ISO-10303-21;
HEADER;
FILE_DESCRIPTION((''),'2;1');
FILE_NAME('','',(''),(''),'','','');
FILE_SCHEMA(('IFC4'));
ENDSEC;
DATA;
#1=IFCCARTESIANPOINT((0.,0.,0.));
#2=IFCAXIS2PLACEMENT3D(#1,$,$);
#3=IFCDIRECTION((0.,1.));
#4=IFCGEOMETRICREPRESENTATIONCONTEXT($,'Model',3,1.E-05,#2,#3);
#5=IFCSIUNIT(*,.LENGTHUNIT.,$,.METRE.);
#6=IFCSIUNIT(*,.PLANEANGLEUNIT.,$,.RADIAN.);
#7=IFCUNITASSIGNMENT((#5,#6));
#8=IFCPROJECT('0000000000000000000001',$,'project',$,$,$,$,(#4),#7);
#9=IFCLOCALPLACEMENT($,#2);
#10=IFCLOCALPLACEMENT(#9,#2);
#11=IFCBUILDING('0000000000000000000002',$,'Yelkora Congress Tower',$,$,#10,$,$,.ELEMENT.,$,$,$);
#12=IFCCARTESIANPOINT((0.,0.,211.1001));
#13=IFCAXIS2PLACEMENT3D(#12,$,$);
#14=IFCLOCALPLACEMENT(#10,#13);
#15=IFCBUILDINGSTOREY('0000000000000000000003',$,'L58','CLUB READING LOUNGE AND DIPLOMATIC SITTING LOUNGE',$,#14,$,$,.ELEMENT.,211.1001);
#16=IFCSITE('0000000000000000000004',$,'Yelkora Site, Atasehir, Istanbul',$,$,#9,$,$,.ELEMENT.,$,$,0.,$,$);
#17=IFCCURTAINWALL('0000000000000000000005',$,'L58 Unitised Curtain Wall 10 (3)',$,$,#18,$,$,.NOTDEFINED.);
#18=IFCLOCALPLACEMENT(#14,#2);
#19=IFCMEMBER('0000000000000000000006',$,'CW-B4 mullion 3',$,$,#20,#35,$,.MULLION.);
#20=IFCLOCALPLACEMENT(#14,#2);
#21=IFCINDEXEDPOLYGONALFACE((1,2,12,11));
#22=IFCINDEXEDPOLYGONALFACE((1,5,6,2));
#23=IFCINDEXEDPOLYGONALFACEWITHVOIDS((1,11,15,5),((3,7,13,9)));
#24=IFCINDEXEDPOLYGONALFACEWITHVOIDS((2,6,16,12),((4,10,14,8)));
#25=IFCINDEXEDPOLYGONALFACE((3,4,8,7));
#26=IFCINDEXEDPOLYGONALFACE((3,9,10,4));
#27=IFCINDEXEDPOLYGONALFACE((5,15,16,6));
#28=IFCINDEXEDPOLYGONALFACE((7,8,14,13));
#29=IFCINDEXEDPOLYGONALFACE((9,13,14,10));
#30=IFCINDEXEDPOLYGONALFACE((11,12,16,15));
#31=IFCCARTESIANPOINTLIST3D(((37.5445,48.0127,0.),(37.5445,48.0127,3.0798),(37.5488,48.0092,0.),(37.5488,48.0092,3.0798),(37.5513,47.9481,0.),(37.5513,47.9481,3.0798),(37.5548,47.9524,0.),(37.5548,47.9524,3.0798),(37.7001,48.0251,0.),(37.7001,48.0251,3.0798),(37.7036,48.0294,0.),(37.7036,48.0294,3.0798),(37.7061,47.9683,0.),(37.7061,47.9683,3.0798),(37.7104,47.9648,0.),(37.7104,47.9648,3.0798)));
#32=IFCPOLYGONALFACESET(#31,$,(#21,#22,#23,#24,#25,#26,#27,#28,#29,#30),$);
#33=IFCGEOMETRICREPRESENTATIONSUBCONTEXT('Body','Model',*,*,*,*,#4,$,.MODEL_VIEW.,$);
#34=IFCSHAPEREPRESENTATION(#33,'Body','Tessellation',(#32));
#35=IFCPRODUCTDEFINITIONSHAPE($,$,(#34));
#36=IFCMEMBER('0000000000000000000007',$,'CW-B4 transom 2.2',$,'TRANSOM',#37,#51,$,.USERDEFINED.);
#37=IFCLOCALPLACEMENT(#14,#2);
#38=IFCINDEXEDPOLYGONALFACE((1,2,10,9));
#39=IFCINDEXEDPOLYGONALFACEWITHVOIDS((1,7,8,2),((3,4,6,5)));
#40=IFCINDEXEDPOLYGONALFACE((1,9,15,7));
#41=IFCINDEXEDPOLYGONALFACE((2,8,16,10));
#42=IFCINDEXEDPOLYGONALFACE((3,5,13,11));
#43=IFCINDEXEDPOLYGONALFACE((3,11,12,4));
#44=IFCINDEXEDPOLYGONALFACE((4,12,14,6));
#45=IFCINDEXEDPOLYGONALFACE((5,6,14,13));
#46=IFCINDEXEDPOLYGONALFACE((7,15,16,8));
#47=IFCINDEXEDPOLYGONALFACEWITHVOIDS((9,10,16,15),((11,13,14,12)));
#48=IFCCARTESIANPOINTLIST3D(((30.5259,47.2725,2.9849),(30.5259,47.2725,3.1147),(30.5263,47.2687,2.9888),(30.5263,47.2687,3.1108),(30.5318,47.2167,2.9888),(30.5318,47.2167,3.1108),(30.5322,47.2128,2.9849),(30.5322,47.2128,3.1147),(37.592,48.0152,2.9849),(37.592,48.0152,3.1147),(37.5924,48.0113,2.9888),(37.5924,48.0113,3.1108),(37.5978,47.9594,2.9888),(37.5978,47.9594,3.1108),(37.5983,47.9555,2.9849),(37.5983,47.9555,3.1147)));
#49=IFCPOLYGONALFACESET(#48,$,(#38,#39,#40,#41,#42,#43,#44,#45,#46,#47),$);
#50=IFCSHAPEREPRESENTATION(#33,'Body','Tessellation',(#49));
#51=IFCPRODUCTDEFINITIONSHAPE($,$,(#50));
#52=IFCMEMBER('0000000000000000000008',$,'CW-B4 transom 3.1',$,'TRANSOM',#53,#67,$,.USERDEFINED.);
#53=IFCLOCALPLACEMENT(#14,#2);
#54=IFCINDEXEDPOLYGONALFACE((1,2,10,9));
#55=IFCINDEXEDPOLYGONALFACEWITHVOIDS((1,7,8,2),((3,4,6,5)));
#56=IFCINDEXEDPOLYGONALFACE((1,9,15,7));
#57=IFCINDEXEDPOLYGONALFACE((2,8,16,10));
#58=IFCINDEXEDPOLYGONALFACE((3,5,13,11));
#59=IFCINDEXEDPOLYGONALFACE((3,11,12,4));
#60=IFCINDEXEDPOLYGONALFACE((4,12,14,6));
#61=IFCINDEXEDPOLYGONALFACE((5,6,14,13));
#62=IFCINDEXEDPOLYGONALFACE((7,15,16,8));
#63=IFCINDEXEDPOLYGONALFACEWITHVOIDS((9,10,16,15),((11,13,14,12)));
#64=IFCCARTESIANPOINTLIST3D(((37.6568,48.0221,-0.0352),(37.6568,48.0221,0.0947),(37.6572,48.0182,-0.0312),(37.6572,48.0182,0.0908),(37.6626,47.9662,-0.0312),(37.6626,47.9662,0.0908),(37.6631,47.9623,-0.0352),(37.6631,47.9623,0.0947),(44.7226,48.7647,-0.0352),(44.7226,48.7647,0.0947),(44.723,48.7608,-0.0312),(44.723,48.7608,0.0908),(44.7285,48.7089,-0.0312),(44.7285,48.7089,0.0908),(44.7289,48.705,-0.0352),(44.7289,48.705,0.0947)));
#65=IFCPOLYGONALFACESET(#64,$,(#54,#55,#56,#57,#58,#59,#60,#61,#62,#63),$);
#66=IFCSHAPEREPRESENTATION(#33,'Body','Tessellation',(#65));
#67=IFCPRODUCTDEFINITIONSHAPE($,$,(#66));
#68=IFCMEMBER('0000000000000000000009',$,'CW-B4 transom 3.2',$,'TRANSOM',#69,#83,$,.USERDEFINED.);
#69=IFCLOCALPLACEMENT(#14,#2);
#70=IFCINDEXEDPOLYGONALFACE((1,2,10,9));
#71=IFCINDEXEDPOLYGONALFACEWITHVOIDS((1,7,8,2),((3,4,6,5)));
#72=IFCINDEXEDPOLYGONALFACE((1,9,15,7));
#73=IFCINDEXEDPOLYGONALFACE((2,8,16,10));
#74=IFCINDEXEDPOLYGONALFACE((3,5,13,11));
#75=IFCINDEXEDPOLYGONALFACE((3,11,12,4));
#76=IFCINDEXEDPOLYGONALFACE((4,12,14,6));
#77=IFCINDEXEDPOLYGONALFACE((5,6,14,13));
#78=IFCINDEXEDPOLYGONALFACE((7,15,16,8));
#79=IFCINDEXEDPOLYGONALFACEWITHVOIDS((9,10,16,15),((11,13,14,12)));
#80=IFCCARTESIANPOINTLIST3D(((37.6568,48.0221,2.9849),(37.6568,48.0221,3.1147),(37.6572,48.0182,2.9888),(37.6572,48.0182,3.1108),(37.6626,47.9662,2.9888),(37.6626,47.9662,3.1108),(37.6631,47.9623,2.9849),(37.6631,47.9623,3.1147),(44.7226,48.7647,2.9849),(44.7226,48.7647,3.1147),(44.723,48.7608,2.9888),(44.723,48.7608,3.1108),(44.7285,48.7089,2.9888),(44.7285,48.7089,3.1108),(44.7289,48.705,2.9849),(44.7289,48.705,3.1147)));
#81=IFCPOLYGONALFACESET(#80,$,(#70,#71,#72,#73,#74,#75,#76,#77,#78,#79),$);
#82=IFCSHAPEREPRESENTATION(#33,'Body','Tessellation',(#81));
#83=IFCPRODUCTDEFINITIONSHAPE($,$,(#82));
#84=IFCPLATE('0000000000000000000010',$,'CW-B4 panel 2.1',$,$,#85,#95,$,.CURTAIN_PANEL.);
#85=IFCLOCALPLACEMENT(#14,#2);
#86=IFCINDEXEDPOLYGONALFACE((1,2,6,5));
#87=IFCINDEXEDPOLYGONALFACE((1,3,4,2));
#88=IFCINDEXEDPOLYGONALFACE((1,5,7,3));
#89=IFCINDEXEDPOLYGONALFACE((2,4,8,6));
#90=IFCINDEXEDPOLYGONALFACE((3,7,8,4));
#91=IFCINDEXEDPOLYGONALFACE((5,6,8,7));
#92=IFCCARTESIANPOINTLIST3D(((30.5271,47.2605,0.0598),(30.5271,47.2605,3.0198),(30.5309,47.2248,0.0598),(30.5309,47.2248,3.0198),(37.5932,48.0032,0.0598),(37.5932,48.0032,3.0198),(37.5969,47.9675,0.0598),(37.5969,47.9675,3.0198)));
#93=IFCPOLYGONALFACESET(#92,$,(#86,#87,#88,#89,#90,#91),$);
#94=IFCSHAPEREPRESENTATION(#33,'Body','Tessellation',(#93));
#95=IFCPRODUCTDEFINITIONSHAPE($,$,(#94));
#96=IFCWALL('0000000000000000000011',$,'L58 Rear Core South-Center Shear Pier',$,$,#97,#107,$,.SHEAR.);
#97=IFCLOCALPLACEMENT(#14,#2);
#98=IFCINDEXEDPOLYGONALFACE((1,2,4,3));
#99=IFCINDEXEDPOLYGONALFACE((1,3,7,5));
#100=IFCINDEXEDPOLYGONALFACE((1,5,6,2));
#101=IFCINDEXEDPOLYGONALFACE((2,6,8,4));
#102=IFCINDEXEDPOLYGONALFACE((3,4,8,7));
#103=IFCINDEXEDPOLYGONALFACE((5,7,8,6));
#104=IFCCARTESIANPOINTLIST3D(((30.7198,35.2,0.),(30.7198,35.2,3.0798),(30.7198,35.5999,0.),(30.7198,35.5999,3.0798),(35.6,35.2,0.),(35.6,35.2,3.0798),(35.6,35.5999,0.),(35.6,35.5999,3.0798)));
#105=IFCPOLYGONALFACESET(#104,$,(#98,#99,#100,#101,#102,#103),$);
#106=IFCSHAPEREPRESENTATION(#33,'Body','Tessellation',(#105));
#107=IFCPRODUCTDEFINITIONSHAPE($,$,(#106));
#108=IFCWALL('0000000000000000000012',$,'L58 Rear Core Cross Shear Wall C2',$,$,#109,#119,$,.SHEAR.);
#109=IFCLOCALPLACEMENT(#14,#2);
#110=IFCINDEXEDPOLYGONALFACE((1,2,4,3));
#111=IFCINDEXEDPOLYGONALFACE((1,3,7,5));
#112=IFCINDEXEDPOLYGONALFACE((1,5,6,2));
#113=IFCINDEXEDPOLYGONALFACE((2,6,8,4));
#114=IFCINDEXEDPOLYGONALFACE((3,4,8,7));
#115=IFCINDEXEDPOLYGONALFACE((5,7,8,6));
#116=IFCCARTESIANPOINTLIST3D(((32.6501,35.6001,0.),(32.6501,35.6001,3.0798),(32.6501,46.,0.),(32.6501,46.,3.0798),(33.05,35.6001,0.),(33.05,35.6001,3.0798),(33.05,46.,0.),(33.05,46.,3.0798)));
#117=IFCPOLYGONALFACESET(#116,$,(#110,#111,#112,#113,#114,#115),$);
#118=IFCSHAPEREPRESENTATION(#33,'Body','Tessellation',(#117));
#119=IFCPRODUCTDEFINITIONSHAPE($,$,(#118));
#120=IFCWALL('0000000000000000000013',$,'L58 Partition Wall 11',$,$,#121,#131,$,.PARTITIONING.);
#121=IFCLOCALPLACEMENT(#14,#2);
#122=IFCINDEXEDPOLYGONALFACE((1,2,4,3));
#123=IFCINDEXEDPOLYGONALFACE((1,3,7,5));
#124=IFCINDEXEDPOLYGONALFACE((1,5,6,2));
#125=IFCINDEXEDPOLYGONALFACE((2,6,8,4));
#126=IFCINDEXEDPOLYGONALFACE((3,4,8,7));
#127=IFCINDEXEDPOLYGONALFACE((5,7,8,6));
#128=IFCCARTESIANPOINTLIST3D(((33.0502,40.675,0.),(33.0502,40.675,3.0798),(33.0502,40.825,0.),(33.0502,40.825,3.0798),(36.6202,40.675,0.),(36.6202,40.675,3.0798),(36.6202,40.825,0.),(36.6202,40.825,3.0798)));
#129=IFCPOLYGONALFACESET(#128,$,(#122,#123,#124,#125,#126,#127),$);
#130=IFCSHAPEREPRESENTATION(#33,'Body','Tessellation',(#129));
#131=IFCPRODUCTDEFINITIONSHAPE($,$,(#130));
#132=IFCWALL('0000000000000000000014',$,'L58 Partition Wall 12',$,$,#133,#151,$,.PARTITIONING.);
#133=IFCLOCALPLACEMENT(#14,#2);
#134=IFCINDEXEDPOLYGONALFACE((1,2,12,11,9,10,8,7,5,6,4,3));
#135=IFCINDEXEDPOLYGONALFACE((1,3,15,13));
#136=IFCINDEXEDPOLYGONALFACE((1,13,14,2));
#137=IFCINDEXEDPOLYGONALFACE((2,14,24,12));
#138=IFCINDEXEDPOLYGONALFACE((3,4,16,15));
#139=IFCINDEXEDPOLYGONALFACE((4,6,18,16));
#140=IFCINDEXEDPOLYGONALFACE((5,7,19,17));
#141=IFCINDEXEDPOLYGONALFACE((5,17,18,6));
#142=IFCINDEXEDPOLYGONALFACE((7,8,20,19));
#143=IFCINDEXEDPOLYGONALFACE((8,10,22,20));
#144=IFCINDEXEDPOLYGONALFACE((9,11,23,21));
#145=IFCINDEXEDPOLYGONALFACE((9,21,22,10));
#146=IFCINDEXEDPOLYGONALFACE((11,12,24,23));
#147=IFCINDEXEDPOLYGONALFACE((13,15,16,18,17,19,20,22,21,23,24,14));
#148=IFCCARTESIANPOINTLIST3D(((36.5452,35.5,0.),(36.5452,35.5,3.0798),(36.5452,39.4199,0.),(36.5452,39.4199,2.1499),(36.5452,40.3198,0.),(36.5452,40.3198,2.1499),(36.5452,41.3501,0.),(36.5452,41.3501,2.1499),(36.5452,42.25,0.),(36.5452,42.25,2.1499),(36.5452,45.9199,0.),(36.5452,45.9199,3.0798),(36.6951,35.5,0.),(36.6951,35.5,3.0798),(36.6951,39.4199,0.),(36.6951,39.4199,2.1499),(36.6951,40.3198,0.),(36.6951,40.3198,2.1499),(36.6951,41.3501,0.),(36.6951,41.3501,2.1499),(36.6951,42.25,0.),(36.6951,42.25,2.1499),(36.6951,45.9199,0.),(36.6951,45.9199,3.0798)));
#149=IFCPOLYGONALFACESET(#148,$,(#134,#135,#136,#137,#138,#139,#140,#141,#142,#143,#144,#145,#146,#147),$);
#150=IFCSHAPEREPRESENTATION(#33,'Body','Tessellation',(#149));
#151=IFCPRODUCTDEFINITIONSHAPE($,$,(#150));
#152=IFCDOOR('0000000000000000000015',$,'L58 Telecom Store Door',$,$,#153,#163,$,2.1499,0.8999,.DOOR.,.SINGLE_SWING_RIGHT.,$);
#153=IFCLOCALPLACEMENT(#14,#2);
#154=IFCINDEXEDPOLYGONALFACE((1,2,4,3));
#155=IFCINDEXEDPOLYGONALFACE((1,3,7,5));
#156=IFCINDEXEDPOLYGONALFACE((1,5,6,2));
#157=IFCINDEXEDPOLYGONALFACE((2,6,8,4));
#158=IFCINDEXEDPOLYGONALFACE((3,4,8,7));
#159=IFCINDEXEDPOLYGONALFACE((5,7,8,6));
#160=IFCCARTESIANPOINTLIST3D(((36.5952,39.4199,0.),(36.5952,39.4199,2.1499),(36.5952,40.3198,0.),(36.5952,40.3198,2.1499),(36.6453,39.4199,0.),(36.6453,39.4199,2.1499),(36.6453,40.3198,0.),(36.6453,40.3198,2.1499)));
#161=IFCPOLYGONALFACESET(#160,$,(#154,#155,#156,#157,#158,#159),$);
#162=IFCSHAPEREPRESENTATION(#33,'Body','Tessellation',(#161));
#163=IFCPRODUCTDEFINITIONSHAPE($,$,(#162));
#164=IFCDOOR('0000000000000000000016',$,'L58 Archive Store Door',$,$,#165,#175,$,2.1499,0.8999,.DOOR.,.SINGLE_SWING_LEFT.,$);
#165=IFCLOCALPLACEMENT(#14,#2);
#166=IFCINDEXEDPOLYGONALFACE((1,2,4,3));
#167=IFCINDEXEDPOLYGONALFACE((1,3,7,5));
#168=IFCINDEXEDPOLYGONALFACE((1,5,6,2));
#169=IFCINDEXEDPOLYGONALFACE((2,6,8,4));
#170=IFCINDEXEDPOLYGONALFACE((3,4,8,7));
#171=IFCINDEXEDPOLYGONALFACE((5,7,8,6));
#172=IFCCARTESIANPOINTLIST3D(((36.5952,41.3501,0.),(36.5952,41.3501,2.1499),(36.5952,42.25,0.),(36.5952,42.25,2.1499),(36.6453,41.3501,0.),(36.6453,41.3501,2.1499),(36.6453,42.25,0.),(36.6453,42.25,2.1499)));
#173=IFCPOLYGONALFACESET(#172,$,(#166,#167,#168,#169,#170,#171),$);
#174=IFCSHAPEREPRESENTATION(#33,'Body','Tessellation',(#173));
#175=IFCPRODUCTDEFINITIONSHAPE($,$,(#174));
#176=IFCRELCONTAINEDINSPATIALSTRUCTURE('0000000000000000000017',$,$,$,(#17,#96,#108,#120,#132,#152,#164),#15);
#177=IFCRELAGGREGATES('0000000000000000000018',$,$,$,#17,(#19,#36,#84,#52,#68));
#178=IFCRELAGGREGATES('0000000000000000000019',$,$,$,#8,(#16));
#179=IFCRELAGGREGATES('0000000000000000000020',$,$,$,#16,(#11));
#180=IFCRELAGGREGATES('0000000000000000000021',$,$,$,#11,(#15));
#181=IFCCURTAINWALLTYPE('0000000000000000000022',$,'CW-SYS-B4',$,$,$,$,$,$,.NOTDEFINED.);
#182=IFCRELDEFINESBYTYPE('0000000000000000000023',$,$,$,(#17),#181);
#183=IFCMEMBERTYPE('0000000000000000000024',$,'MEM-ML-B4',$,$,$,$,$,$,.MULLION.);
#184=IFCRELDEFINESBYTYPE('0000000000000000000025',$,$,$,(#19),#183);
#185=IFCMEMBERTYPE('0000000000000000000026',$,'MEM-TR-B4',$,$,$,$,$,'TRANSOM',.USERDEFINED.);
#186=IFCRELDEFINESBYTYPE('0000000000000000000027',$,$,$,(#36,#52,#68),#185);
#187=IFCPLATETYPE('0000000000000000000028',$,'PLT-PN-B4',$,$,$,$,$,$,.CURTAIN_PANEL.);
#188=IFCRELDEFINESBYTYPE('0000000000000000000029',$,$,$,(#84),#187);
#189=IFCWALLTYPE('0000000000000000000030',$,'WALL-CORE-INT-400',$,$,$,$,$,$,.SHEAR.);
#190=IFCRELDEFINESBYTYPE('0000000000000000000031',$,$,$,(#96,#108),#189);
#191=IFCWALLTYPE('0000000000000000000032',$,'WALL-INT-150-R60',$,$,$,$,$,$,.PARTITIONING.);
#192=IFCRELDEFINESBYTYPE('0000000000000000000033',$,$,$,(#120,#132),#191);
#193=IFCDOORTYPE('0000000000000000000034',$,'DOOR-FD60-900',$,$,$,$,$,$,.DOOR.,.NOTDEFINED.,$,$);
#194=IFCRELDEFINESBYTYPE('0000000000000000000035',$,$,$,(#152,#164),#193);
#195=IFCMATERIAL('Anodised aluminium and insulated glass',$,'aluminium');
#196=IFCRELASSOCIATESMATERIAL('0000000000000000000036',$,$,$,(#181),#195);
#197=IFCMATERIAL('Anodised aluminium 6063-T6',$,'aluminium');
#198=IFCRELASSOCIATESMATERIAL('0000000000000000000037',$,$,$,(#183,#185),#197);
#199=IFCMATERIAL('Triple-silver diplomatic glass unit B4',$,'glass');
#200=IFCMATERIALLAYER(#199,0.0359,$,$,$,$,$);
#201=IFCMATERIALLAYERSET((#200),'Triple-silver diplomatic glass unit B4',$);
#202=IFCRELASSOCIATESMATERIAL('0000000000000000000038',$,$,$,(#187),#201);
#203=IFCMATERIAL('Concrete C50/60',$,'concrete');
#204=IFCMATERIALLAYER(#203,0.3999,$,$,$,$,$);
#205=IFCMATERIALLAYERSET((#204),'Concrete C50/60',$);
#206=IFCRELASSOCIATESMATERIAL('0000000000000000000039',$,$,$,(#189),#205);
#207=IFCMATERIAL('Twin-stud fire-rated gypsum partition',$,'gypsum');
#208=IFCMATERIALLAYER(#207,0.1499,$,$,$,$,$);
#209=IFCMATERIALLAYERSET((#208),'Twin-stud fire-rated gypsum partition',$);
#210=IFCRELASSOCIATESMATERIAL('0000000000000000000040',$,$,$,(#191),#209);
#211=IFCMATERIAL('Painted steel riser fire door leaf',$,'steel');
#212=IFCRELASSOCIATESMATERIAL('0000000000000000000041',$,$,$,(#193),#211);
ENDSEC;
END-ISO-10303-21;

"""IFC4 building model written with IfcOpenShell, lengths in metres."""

from ifc_helpers import new_model, si_unit, direction, frame, frame_2d, origin, origin_2d, place, context, subcontext, project, spatial, rectangle, hollow_rectangle, extrude, material, layer, layer_set, material_profile, profile_set, type_object, element, fill, aggregate, save


model = new_model("IFC4")

# Units and contexts
model_context = context("Model", 3, precision=1e-05, world=origin(), true_north=direction((0.0, 1.0)))
body_context = subcontext(model_context, "Body", "Model", "MODEL_VIEW")
ifc_project = project(units=[si_unit("LENGTHUNIT", "METRE"), si_unit("PLANEANGLEUNIT", "RADIAN")], contexts=[model_context])

# Site, building, storey
site_placement = place(None, origin())
site = spatial("IfcSite", under=ifc_project, at=site_placement, Name="Yelkora Site, Atasehir, Istanbul", CompositionType="ELEMENT", RefElevation=0.0)
building_placement = place(site_placement, origin())
building = spatial("IfcBuilding", under=site, at=building_placement, Name="Yelkora Congress Tower", CompositionType="ELEMENT")
storey_placement = place(building_placement, frame((0.0, 0.0, 211.1001)))
storey = spatial("IfcBuildingStorey", under=building, at=storey_placement, Name="L58", Description="CLUB READING LOUNGE AND DIPLOMATIC SITTING LOUNGE", CompositionType="ELEMENT", Elevation=211.1001)

# Curtain wall, members, plate
ifc_material_1 = material(Name="Anodised aluminium and insulated glass", Category="aluminium")
curtain_wall_type = type_object("IfcCurtainWallType", Name="CW-SYS-B4", PredefinedType="NOTDEFINED", material=ifc_material_1)
curtain_wall_placement = place(storey_placement, origin())
curtain_wall = element("IfcCurtainWall", 1, at=curtain_wall_placement, inside=storey, type_object=curtain_wall_type, Name="L58 Unitised Curtain Wall 10 (3)", PredefinedType="NOTDEFINED")
ifc_material_2 = material(Name="Anodised aluminium 6063-T6", Category="aluminium")
ifc_material_profile_1 = material_profile(ifc_material_2, hollow_rectangle(XDim=0.0649, YDim=0.1599, WallThickness=0.0039, at=origin_2d()), Name="ALU 65x160x4")
ifc_profile_set_1 = profile_set([ifc_material_profile_1], Name="Anodised aluminium 6063-T6")
member_type_1 = type_object("IfcMemberType", Name="MEM-ML-B4", PredefinedType="MULLION", material=ifc_profile_set_1)
member_1_placement = place(storey_placement, frame((37.6274, 47.9888, 0.0), z_axis=(0.0, 0.0, 1.0), x_axis=(-0.104528, 0.994522, 0.0)))
member_1 = element("IfcMember", 2, at=member_1_placement, type_object=member_type_1, Name="CW-B4 mullion 3", PredefinedType="MULLION", context=body_context, shape_type="SweptSolid", body=[
    extrude(hollow_rectangle(XDim=0.0649, YDim=0.1599, WallThickness=0.0039, at=origin_2d()), origin(), (0.0, 0.0, 1.0), 3.0798),
])
ifc_material_profile_2 = material_profile(ifc_material_2, hollow_rectangle(XDim=0.0601, YDim=0.1299, WallThickness=0.0039, at=origin_2d()), Name="ALU 60x130x4")
ifc_profile_set_2 = profile_set([ifc_material_profile_2], Name="Anodised aluminium 6063-T6")
member_type_2 = type_object("IfcMemberType", Name="MEM-TR-B4", ElementType="TRANSOM", PredefinedType="USERDEFINED", material=ifc_profile_set_2)
member_2_placement = place(storey_placement, frame((30.5291, 47.2427, 3.0498), z_axis=(0.994522, 0.104527, 0.0), x_axis=(-0.104527, 0.994522, 0.0)))
member_2 = element("IfcMember", 3, at=member_2_placement, type_object=member_type_2, Name="CW-B4 transom 2.2", ObjectType="TRANSOM", PredefinedType="USERDEFINED", context=body_context, shape_type="SweptSolid", body=[
    extrude(hollow_rectangle(XDim=0.0601, YDim=0.1299, WallThickness=0.0039, at=origin_2d()), origin(), (0.0, 0.0, 1.0), 7.105),
])
member_3_placement = place(storey_placement, frame((37.6599, 47.9922, 0.0298), z_axis=(0.994522, 0.104531, 0.0), x_axis=(-0.104531, 0.994522, 0.0)))
member_3 = element("IfcMember", 4, at=member_3_placement, type_object=member_type_2, Name="CW-B4 transom 3.1", ObjectType="TRANSOM", PredefinedType="USERDEFINED", context=body_context, shape_type="SweptSolid", body=[
    extrude(hollow_rectangle(XDim=0.0601, YDim=0.1299, WallThickness=0.0039, at=origin_2d()), origin(), (0.0, 0.0, 1.0), 7.1047),
])
member_4_placement = place(storey_placement, frame((37.6599, 47.9922, 3.0498), z_axis=(0.994522, 0.104531, 0.0), x_axis=(-0.104531, 0.994522, 0.0)))
member_4 = element("IfcMember", 5, at=member_4_placement, type_object=member_type_2, Name="CW-B4 transom 3.2", ObjectType="TRANSOM", PredefinedType="USERDEFINED", context=body_context, shape_type="SweptSolid", body=[
    extrude(hollow_rectangle(XDim=0.0601, YDim=0.1299, WallThickness=0.0039, at=origin_2d()), origin(), (0.0, 0.0, 1.0), 7.1047),
])
ifc_material_3 = material(Name="Triple-silver diplomatic glass unit B4", Category="glass")
ifc_layer_1 = layer(ifc_material_3, 0.0359)
ifc_layer_set_1 = layer_set([ifc_layer_1], Name="Triple-silver diplomatic glass unit B4")
plate_type = type_object("IfcPlateType", Name="PLT-PN-B4", PredefinedType="CURTAIN_PANEL", material=ifc_layer_set_1)
plate_placement = place(storey_placement, frame((34.062, 47.614, 0.0598), z_axis=(0.0, 0.0, 1.0), x_axis=(0.994522, 0.104528, 0.0)))
plate = element("IfcPlate", 6, at=plate_placement, type_object=plate_type, Name="CW-B4 panel 2.1", PredefinedType="CURTAIN_PANEL", context=body_context, shape_type="SweptSolid", body=[
    extrude(rectangle(XDim=7.105, YDim=0.0359, at=origin_2d()), origin(), (0.0, 0.0, 1.0), 2.96),
])
aggregate(curtain_wall, [member_1, member_2, plate, member_3, member_4])

# Walls
ifc_material_4 = material(Name="Concrete C50/60", Category="concrete")
ifc_layer_2 = layer(ifc_material_4, 0.3999)
ifc_layer_set_2 = layer_set([ifc_layer_2], Name="Concrete C50/60")
wall_type_1 = type_object("IfcWallType", Name="WALL-CORE-INT-400", PredefinedType="SHEAR", material=ifc_layer_set_2)
wall_1_placement = place(storey_placement, frame((30.72, 35.3999, 0.0), z_axis=(0.0, 0.0, 1.0), x_axis=(1.0, 0.0, 0.0)))
element("IfcWall", 7, at=wall_1_placement, inside=storey, type_object=wall_type_1, Name="L58 Rear Core South-Center Shear Pier", PredefinedType="SHEAR", context=body_context, shape_type="SweptSolid", body=[
    extrude(rectangle(XDim=4.8801, YDim=0.3999, at=frame_2d((2.4399, 0.0))), origin(), (0.0, 0.0, 1.0), 3.0798),
])
wall_2_placement = place(storey_placement, frame((32.8501, 35.6001, 0.0), z_axis=(0.0, 0.0, 1.0), x_axis=(0.0, 1.0, 0.0)))
element("IfcWall", 8, at=wall_2_placement, inside=storey, type_object=wall_type_1, Name="L58 Rear Core Cross Shear Wall C2", PredefinedType="SHEAR", context=body_context, shape_type="SweptSolid", body=[
    extrude(rectangle(XDim=10.3999, YDim=0.3999, at=frame_2d((5.2, 0.0))), origin(), (0.0, 0.0, 1.0), 3.0798),
])
ifc_material_5 = material(Name="Twin-stud fire-rated gypsum partition", Category="gypsum")
ifc_layer_3 = layer(ifc_material_5, 0.1499)
ifc_layer_set_3 = layer_set([ifc_layer_3], Name="Twin-stud fire-rated gypsum partition")
wall_type_2 = type_object("IfcWallType", Name="WALL-INT-150-R60", PredefinedType="PARTITIONING", material=ifc_layer_set_3)
wall_3_placement = place(storey_placement, frame((33.05, 40.75, 0.0), z_axis=(0.0, 0.0, 1.0), x_axis=(1.0, 0.0, 0.0)))
element("IfcWall", 9, at=wall_3_placement, inside=storey, type_object=wall_type_2, Name="L58 Partition Wall 11", PredefinedType="PARTITIONING", context=body_context, shape_type="SweptSolid", body=[
    extrude(rectangle(XDim=3.5701, YDim=0.1499, at=frame_2d((1.7852, 0.0))), origin(), (0.0, 0.0, 1.0), 3.0798),
])

# Wall, openings, doors
wall_4_placement = place(storey_placement, frame((36.6201, 35.5, 0.0), z_axis=(0.0, 0.0, 1.0), x_axis=(0.0, 1.0, 0.0)))
wall_4 = element("IfcWall", 10, at=wall_4_placement, inside=storey, type_object=wall_type_2, Name="L58 Partition Wall 12", PredefinedType="PARTITIONING", context=body_context, shape_type="SweptSolid", body=[
    extrude(rectangle(XDim=10.4199, YDim=0.1499, at=frame_2d((5.21, 0.0))), origin(), (0.0, 0.0, 1.0), 3.0798),
])
opening_1_placement = place(wall_4_placement, frame((3.9199, 0.0, 0.0)))
opening_1 = element("IfcOpeningElement", 11, at=opening_1_placement, cuts=wall_4, PredefinedType="OPENING", context=body_context, shape_type="SweptSolid", body=[
    extrude(rectangle(XDim=0.8999, YDim=2.1499, at=frame_2d((0.45, 1.075))), frame((0.0, 0.085, 0.0), z_axis=(0.0, -1.0, 0.0), x_axis=(1.0, 0.0, 0.0)), (0.0, 0.0, 1.0), 0.1699),
])
opening_2_placement = place(wall_4_placement, frame((5.8501, 0.0, 0.0)))
opening_2 = element("IfcOpeningElement", 12, at=opening_2_placement, cuts=wall_4, PredefinedType="OPENING", context=body_context, shape_type="SweptSolid", body=[
    extrude(rectangle(XDim=0.8999, YDim=2.1499, at=frame_2d((0.45, 1.075))), frame((0.0, 0.085, 0.0), z_axis=(0.0, -1.0, 0.0), x_axis=(1.0, 0.0, 0.0)), (0.0, 0.0, 1.0), 0.1699),
])
ifc_material_6 = material(Name="Painted steel riser fire door leaf", Category="steel")
door_type_1 = type_object("IfcDoorType", Name="DOOR-FD60-900", OperationType="NOTDEFINED", PredefinedType="DOOR", material=ifc_material_6)
door_1_placement = place(opening_1_placement, origin())
door_1 = element("IfcDoor", 13, at=door_1_placement, inside=storey, type_object=door_type_1, Name="L58 Telecom Store Door", OperationType="SINGLE_SWING_RIGHT", OverallHeight=2.1499, OverallWidth=0.8999, PredefinedType="DOOR", context=body_context, shape_type="SweptSolid", body=[
    extrude(rectangle(XDim=0.8999, YDim=2.1499, at=frame_2d((0.45, 1.075))), frame((0.0, 0.0249, 0.0), z_axis=(0.0, -1.0, 0.0), x_axis=(1.0, 0.0, 0.0)), (0.0, 0.0, 1.0), 0.05),
])
fill(opening_1, door_1)
door_2_placement = place(opening_2_placement, origin())
door_2 = element("IfcDoor", 14, at=door_2_placement, inside=storey, type_object=door_type_1, Name="L58 Archive Store Door", OperationType="SINGLE_SWING_LEFT", OverallHeight=2.1499, OverallWidth=0.8999, PredefinedType="DOOR", context=body_context, shape_type="SweptSolid", body=[
    extrude(rectangle(XDim=0.8999, YDim=2.1499, at=frame_2d((0.45, 1.075))), frame((0.0, 0.0249, 0.0), z_axis=(0.0, -1.0, 0.0), x_axis=(1.0, 0.0, 0.0)), (0.0, 0.0, 1.0), 0.05),
])
fill(opening_2, door_2)

save(model, "model.ifc")
